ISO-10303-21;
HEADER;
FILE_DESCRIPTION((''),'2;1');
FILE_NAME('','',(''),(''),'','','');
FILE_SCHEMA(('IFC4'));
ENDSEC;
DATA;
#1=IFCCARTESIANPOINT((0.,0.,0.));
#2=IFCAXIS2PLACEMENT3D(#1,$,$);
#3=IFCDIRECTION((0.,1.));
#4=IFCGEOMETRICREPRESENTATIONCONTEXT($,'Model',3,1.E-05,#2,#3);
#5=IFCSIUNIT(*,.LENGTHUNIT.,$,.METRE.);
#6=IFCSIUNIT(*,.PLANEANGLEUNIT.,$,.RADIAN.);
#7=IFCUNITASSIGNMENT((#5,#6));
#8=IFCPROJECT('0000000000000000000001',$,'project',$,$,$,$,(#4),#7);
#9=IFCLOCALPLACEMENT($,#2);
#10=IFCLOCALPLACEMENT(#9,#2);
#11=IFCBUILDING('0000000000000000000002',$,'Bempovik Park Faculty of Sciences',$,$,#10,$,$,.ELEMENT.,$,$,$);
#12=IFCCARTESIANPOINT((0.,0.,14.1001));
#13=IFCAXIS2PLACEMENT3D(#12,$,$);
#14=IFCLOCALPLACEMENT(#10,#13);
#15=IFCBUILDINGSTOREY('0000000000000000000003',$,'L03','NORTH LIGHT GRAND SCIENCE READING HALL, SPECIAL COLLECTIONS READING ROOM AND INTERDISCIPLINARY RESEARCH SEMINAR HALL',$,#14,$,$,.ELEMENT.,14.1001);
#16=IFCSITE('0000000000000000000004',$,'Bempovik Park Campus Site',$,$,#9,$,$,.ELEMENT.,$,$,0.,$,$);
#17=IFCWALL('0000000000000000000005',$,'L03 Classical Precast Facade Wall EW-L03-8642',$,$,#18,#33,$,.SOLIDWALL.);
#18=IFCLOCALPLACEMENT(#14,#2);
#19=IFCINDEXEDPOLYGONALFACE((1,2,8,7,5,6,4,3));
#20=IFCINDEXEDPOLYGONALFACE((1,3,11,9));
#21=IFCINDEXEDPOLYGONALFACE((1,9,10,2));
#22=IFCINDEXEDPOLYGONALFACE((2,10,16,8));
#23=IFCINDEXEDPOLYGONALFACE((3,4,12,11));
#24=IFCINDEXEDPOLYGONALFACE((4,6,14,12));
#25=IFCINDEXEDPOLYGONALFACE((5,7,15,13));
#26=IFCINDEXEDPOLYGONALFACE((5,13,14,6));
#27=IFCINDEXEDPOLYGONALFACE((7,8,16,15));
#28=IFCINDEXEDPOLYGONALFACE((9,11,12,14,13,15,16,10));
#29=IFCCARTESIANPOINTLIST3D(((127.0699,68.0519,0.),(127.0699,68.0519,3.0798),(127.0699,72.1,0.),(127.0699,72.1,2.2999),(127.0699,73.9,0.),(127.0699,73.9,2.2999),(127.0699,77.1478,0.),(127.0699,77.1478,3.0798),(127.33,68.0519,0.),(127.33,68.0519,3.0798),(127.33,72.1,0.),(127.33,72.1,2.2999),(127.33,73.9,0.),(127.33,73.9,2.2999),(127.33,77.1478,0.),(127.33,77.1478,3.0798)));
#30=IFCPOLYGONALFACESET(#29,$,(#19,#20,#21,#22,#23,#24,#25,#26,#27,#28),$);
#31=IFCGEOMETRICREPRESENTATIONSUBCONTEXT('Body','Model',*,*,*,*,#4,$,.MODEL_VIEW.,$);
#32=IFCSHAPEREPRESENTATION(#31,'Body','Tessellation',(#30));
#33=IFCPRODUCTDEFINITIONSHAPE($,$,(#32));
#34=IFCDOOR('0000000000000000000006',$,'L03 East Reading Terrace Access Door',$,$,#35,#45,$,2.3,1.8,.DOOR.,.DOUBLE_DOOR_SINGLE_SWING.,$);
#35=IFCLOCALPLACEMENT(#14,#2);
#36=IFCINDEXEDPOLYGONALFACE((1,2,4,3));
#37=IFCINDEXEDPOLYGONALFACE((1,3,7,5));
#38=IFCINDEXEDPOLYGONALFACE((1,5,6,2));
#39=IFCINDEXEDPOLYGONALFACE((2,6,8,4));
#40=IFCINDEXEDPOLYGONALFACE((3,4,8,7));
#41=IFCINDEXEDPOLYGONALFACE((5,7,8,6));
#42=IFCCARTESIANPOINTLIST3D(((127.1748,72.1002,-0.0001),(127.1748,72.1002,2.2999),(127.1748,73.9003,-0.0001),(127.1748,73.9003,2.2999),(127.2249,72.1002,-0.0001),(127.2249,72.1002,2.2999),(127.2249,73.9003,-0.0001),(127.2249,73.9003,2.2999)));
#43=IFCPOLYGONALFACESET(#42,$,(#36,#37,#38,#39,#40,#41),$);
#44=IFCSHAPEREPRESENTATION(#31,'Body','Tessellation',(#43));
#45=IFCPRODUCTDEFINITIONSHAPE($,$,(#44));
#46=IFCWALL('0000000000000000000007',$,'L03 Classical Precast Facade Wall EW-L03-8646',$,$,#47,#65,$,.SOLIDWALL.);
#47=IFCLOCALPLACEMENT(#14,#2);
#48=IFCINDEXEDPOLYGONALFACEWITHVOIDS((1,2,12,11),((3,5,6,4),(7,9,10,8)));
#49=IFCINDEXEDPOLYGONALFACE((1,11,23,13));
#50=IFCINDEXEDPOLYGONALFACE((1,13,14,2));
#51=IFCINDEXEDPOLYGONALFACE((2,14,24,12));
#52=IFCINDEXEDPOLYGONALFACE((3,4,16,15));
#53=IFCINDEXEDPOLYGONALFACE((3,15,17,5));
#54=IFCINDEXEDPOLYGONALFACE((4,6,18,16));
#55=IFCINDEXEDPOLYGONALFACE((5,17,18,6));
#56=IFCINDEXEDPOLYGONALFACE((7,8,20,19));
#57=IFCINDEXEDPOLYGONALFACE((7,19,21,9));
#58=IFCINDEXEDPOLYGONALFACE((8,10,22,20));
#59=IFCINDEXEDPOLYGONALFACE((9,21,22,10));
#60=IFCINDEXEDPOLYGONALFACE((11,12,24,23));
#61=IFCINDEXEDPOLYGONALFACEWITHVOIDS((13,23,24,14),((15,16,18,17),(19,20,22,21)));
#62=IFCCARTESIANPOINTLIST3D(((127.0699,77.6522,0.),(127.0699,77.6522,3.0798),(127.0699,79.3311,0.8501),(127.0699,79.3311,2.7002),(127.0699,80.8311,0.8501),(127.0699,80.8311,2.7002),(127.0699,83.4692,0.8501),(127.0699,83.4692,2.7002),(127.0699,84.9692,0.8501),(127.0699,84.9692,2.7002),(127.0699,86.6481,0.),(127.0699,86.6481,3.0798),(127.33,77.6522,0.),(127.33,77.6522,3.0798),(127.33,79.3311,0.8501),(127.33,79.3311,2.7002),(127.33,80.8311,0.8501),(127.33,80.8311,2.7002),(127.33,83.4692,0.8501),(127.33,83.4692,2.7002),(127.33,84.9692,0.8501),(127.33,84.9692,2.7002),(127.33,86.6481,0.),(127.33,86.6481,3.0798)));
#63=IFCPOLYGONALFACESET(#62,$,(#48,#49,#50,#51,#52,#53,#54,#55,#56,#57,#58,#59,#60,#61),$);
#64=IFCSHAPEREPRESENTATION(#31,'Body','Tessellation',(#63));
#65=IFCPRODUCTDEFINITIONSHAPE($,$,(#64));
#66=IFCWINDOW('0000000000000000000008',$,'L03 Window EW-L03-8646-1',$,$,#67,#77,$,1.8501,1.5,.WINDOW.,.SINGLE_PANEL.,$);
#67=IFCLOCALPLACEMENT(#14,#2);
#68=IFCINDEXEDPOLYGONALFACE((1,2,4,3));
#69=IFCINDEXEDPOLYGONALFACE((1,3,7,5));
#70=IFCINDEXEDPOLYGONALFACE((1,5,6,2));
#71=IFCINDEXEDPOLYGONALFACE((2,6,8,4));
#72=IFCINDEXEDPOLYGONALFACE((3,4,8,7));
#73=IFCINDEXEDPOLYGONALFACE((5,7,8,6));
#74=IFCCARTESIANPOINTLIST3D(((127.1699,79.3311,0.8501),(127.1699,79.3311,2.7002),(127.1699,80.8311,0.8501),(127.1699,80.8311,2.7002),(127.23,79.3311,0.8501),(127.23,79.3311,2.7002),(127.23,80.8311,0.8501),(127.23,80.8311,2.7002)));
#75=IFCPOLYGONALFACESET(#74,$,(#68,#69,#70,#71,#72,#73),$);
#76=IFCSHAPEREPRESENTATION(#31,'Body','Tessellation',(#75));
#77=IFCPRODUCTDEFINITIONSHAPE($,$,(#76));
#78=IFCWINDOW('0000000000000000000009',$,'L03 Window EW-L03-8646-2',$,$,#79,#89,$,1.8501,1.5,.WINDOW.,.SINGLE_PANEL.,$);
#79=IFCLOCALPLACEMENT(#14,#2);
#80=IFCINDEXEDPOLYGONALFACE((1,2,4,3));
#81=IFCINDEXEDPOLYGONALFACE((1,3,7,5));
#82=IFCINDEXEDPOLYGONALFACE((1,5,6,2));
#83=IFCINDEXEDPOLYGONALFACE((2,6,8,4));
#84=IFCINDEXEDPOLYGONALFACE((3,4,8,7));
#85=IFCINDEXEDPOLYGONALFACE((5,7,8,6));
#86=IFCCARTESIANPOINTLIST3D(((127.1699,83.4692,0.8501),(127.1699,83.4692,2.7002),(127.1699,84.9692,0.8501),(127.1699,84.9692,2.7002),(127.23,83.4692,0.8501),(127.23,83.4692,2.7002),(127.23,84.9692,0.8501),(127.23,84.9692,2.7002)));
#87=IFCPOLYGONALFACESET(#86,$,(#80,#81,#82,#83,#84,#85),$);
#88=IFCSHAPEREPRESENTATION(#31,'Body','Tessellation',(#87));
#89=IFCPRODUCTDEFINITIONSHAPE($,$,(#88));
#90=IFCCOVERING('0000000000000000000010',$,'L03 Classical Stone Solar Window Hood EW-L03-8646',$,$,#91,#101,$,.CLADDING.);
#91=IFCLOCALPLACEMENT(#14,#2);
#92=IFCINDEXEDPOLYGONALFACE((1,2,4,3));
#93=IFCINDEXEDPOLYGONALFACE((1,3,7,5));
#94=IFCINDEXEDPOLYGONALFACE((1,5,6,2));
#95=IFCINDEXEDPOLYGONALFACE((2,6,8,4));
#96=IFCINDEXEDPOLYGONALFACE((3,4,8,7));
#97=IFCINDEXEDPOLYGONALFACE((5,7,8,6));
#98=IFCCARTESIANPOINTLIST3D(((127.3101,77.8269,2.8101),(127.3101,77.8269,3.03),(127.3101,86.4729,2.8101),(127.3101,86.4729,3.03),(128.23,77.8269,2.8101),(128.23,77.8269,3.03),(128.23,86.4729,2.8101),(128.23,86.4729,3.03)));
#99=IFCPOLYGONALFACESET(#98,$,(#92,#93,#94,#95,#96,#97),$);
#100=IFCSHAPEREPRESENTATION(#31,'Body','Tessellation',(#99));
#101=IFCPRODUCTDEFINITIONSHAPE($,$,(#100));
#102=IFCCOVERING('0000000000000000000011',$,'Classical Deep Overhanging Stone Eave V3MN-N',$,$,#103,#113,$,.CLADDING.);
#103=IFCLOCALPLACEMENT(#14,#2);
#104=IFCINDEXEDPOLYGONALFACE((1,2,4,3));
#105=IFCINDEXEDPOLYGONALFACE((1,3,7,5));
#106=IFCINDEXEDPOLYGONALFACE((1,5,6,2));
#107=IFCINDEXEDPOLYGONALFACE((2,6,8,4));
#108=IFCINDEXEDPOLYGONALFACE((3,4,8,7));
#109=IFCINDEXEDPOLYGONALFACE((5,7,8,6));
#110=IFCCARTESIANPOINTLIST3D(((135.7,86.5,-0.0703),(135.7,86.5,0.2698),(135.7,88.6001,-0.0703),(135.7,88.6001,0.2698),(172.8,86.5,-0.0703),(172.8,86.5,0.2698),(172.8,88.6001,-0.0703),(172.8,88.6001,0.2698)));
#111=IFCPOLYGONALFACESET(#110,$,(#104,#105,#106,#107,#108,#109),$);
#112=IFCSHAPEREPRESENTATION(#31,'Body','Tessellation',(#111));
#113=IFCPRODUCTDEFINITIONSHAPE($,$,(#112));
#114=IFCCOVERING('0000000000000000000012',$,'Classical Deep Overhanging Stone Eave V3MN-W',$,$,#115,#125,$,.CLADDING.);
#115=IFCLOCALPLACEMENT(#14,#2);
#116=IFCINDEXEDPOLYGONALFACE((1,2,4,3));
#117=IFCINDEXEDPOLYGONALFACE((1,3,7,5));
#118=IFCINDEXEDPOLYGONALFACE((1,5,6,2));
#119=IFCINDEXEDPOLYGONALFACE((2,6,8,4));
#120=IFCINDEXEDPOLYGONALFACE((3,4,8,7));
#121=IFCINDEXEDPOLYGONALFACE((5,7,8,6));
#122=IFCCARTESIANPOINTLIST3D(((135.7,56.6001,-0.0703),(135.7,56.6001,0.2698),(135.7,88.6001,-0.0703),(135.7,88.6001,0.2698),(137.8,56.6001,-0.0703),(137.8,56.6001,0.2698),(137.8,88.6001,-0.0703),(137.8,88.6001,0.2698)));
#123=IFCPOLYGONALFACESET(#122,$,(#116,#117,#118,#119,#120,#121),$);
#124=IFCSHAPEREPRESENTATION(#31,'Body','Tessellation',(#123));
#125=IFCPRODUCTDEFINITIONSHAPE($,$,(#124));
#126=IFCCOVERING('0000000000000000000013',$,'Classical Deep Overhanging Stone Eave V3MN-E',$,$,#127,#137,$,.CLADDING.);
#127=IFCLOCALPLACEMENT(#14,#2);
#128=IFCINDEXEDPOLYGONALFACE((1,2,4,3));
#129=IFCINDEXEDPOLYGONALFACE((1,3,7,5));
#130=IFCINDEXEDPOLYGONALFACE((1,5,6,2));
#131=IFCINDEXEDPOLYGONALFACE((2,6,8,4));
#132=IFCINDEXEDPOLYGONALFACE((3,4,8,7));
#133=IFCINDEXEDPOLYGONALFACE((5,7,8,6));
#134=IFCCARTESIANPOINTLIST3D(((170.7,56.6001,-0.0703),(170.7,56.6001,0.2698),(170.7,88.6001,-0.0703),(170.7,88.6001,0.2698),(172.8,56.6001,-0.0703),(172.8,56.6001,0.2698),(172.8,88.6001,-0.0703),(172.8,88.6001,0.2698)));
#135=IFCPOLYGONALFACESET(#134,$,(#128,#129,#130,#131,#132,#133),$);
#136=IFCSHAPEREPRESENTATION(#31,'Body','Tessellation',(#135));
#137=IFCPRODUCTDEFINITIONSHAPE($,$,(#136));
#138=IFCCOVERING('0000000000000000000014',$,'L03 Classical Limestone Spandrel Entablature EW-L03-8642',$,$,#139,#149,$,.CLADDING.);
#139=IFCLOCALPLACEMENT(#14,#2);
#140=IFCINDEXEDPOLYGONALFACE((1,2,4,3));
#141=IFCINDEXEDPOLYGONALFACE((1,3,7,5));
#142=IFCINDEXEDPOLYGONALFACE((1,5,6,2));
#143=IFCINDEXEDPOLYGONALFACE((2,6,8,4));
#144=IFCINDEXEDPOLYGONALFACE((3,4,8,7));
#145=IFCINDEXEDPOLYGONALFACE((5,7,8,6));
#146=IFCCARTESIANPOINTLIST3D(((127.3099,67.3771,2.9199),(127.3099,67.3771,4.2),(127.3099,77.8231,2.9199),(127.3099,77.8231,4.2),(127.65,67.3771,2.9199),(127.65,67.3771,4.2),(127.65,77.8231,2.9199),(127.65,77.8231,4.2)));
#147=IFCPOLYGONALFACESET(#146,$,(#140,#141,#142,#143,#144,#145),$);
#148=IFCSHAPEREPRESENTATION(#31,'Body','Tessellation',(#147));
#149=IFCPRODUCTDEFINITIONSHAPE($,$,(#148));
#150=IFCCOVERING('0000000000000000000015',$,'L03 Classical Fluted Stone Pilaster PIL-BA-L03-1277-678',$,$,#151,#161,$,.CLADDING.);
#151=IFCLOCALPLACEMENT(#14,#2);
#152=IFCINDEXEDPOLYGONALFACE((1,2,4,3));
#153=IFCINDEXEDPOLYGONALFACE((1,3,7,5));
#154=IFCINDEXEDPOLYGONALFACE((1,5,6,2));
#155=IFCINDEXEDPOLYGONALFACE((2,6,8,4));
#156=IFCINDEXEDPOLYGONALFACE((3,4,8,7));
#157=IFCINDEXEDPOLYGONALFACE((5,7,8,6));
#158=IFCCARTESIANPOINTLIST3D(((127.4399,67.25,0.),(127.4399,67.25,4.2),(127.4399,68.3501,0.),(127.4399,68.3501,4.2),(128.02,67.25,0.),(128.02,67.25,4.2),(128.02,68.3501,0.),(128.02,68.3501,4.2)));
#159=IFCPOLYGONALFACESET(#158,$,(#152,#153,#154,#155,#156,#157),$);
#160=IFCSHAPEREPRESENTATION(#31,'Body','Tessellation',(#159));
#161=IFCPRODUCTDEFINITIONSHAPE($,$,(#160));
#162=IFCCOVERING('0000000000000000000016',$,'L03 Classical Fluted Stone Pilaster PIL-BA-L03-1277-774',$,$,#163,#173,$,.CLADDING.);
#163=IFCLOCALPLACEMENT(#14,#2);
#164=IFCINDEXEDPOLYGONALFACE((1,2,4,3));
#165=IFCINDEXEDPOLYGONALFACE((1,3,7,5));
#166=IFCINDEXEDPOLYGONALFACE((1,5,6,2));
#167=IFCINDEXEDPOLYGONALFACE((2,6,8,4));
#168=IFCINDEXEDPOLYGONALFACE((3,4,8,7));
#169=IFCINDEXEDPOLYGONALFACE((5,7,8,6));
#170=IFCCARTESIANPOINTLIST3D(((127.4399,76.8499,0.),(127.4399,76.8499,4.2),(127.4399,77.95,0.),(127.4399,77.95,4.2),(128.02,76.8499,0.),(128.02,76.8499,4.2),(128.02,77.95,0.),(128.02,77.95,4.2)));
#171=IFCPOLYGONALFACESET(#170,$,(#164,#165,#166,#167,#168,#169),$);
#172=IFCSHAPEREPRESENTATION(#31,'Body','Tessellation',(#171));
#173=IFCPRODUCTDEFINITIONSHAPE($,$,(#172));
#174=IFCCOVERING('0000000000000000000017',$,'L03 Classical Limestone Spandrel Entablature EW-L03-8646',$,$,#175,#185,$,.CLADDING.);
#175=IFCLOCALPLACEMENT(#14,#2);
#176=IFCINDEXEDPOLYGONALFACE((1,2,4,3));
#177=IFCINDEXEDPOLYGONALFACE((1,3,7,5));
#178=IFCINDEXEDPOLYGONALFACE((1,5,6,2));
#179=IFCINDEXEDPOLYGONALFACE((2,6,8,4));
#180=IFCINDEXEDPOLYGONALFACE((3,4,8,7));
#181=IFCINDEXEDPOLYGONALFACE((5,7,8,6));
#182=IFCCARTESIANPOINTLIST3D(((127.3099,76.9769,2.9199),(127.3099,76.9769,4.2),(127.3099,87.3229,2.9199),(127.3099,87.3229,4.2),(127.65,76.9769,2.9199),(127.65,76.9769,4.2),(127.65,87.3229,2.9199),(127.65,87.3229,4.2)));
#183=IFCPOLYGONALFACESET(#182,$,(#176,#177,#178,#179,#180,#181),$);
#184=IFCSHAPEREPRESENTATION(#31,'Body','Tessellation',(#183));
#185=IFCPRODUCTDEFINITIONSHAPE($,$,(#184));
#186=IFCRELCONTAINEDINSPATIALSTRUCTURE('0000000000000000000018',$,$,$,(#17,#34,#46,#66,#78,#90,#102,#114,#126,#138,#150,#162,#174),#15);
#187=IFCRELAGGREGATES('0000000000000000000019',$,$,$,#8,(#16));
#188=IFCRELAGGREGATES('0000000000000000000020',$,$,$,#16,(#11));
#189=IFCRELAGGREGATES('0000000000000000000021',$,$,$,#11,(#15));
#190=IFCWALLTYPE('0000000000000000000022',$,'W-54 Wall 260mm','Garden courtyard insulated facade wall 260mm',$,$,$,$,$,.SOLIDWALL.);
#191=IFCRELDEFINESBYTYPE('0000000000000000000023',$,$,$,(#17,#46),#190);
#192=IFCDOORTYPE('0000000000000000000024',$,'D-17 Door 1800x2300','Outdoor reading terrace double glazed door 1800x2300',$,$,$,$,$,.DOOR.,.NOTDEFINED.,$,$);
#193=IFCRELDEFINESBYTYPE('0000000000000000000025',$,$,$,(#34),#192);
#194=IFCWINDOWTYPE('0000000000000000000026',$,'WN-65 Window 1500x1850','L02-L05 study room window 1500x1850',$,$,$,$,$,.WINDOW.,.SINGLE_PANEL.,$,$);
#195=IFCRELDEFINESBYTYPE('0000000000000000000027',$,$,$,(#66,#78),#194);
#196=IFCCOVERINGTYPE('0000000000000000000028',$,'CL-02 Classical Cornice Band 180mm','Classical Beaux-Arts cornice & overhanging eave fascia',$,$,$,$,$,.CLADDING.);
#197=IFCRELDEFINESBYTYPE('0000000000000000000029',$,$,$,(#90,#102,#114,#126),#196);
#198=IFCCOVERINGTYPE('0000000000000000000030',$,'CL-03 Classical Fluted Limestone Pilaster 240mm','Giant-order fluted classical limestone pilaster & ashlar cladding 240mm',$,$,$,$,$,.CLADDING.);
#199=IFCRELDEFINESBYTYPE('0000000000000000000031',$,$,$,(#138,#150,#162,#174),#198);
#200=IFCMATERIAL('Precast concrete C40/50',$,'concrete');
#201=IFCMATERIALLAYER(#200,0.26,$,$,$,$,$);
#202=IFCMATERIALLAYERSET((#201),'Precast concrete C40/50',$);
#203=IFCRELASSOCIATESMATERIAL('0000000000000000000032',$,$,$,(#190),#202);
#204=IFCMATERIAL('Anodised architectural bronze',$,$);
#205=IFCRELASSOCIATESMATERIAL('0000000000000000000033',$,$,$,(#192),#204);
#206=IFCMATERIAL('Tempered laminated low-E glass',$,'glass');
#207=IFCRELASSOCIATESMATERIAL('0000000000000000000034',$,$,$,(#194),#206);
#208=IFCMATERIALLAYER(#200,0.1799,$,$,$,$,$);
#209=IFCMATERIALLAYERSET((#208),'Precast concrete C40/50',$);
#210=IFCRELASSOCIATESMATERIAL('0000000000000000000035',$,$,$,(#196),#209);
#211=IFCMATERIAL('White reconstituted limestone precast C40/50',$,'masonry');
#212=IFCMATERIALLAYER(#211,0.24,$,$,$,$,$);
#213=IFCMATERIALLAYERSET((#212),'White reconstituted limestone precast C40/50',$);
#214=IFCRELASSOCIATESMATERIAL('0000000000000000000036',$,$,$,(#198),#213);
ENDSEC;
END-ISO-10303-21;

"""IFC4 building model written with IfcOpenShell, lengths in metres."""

from ifc_helpers import new_model, si_unit, direction, frame, frame_2d, origin, origin_2d, place, context, subcontext, project, spatial, rectangle, extrude, material, layer, layer_set, type_object, element, fill, save


model = new_model("IFC4")

# Units and contexts
model_context = context("Model", 3, precision=1e-05, world=origin(), true_north=direction((0.0, 1.0)))
body_context = subcontext(model_context, "Body", "Model", "MODEL_VIEW")
ifc_project = project(units=[si_unit("LENGTHUNIT", "METRE"), si_unit("PLANEANGLEUNIT", "RADIAN")], contexts=[model_context])

# Site, building, storey
site_placement = place(None, origin())
site = spatial("IfcSite", under=ifc_project, at=site_placement, Name="Bempovik Park Campus Site", CompositionType="ELEMENT", RefElevation=0.0)
building_placement = place(site_placement, origin())
building = spatial("IfcBuilding", under=site, at=building_placement, Name="Bempovik Park Faculty of Sciences", CompositionType="ELEMENT")
storey_placement = place(building_placement, frame((0.0, 0.0, 14.1001)))
storey = spatial("IfcBuildingStorey", under=building, at=storey_placement, Name="L03", Description="NORTH LIGHT GRAND SCIENCE READING HALL, SPECIAL COLLECTIONS READING ROOM AND INTERDISCIPLINARY RESEARCH SEMINAR HALL", CompositionType="ELEMENT", Elevation=14.1001)

# Shared definitions
ifc_material_1 = material(Name="Tempered laminated low-E glass", Category="glass")

# Shared definitions
ifc_material_2 = material(Name="Anodised architectural bronze")

# Shared definitions
ifc_material_3 = material(Name="Precast concrete C40/50", Category="concrete")

# Wall, opening, door
ifc_layer_1 = layer(ifc_material_3, 0.26)
ifc_layer_set_1 = layer_set([ifc_layer_1], Name="Precast concrete C40/50")
wall_type_1 = type_object("IfcWallType", Name="W-54 Wall 260mm", Description="Garden courtyard insulated facade wall 260mm", PredefinedType="SOLIDWALL", material=ifc_layer_set_1)
wall_1_placement = place(storey_placement, frame((127.2, 68.052, 0.0), z_axis=(0.0, 0.0, 1.0), x_axis=(0.0, 1.0, 0.0)))
wall_1 = element("IfcWall", 1, at=wall_1_placement, inside=storey, type_object=wall_type_1, Name="L03 Classical Precast Facade Wall EW-L03-8642", PredefinedType="SOLIDWALL", context=body_context, shape_type="SweptSolid", body=[
    extrude(rectangle(XDim=9.0959, YDim=0.26, at=frame_2d((4.5479, 0.0))), origin(), (0.0, 0.0, 1.0), 3.0798),
])
opening_1_placement = place(wall_1_placement, frame((4.0481, 0.0, 0.0)))
opening_1 = element("IfcOpeningElement", 2, at=opening_1_placement, cuts=wall_1, PredefinedType="OPENING", context=body_context, shape_type="SweptSolid", body=[
    extrude(rectangle(XDim=1.8, YDim=2.3, at=frame_2d((0.8999, 1.1499))), frame((0.0, 0.1401, 0.0), z_axis=(0.0, -1.0, 0.0), x_axis=(1.0, 0.0, 0.0)), (0.0, 0.0, 1.0), 0.28),
])
door_type = type_object("IfcDoorType", Name="D-17 Door 1800x2300", Description="Outdoor reading terrace double glazed door 1800x2300", OperationType="NOTDEFINED", PredefinedType="DOOR", material=ifc_material_2)
door_placement = place(opening_1_placement, frame((1.8, 0.0, 0.0), z_axis=(0.0, 0.0, 1.0), x_axis=(-1.0, 0.0, 0.0)))
door = element("IfcDoor", 3, at=door_placement, inside=storey, type_object=door_type, Name="L03 East Reading Terrace Access Door", OperationType="DOUBLE_DOOR_SINGLE_SWING", OverallHeight=2.3, OverallWidth=1.8, PredefinedType="DOOR", context=body_context, shape_type="SweptSolid", body=[
    extrude(rectangle(XDim=1.8, YDim=2.3, at=frame_2d((0.8999, 1.1499))), frame((0.0, 0.0249, 0.0), z_axis=(0.0, -1.0, 0.0), x_axis=(1.0, 0.0, 0.0)), (0.0, 0.0, 1.0), 0.05),
])
fill(opening_1, door)

# Wall, openings, windows
wall_2_placement = place(storey_placement, frame((127.2, 77.6521, 0.0), z_axis=(0.0, 0.0, 1.0), x_axis=(0.0, 1.0, 0.0)))
wall_2 = element("IfcWall", 4, at=wall_2_placement, inside=storey, type_object=wall_type_1, Name="L03 Classical Precast Facade Wall EW-L03-8646", PredefinedType="SOLIDWALL", context=body_context, shape_type="SweptSolid", body=[
    extrude(rectangle(XDim=8.9958, YDim=0.26, at=frame_2d((4.498, 0.0))), origin(), (0.0, 0.0, 1.0), 3.0798),
])
opening_2_placement = place(wall_2_placement, frame((1.679, 0.0, 0.8501)))
opening_2 = element("IfcOpeningElement", 5, at=opening_2_placement, cuts=wall_2, PredefinedType="OPENING", context=body_context, shape_type="SweptSolid", body=[
    extrude(rectangle(XDim=1.5, YDim=1.8501, at=frame_2d((0.75, 0.925))), frame((0.0, 0.1401, 0.0), z_axis=(0.0, -1.0, 0.0), x_axis=(1.0, 0.0, 0.0)), (0.0, 0.0, 1.0), 0.28),
])
opening_3_placement = place(wall_2_placement, frame((5.8171, 0.0, 0.8501)))
opening_3 = element("IfcOpeningElement", 6, at=opening_3_placement, cuts=wall_2, PredefinedType="OPENING", context=body_context, shape_type="SweptSolid", body=[
    extrude(rectangle(XDim=1.5, YDim=1.8501, at=frame_2d((0.75, 0.925))), frame((0.0, 0.1401, 0.0), z_axis=(0.0, -1.0, 0.0), x_axis=(1.0, 0.0, 0.0)), (0.0, 0.0, 1.0), 0.28),
])
window_type = type_object("IfcWindowType", Name="WN-65 Window 1500x1850", Description="L02-L05 study room window 1500x1850", PartitioningType="SINGLE_PANEL", PredefinedType="WINDOW", material=ifc_material_1)
window_1_placement = place(opening_2_placement, origin())
window_1 = element("IfcWindow", 7, at=window_1_placement, inside=storey, type_object=window_type, Name="L03 Window EW-L03-8646-1", OverallHeight=1.8501, OverallWidth=1.5, PartitioningType="SINGLE_PANEL", PredefinedType="WINDOW", context=body_context, shape_type="SweptSolid", body=[
    extrude(rectangle(XDim=1.5, YDim=1.8501, at=frame_2d((0.75, 0.925))), frame((0.0, 0.03, 0.0), z_axis=(0.0, -1.0, 0.0), x_axis=(1.0, 0.0, 0.0)), (0.0, 0.0, 1.0), 0.0601),
])
fill(opening_2, window_1)
window_2_placement = place(opening_3_placement, origin())
window_2 = element("IfcWindow", 8, at=window_2_placement, inside=storey, type_object=window_type, Name="L03 Window EW-L03-8646-2", OverallHeight=1.8501, OverallWidth=1.5, PartitioningType="SINGLE_PANEL", PredefinedType="WINDOW", context=body_context, shape_type="SweptSolid", body=[
    extrude(rectangle(XDim=1.5, YDim=1.8501, at=frame_2d((0.75, 0.925))), frame((0.0, 0.03, 0.0), z_axis=(0.0, -1.0, 0.0), x_axis=(1.0, 0.0, 0.0)), (0.0, 0.0, 1.0), 0.0601),
])
fill(opening_3, window_2)

# Coverings
ifc_layer_2 = layer(ifc_material_3, 0.1799)
ifc_layer_set_2 = layer_set([ifc_layer_2], Name="Precast concrete C40/50")
covering_type_1 = type_object("IfcCoveringType", Name="CL-02 Classical Cornice Band 180mm", Description="Classical Beaux-Arts cornice & overhanging eave fascia", PredefinedType="CLADDING", material=ifc_layer_set_2)
covering_1_placement = place(storey_placement, frame((127.77, 82.1499, 2.8101), z_axis=(0.0, 0.0, 1.0), x_axis=(1.0, 0.0, 0.0)))
element("IfcCovering", 9, at=covering_1_placement, inside=storey, type_object=covering_type_1, Name="L03 Classical Stone Solar Window Hood EW-L03-8646", PredefinedType="CLADDING", context=body_context, shape_type="SweptSolid", body=[
    extrude(rectangle(XDim=0.9199, YDim=8.646, at=origin_2d()), origin(), (0.0, 0.0, 1.0), 0.22),
])
covering_2_placement = place(storey_placement, frame((154.25, 87.55, -0.0703), z_axis=(0.0, 0.0, 1.0), x_axis=(1.0, 0.0, 0.0)))
element("IfcCovering", 10, at=covering_2_placement, inside=storey, type_object=covering_type_1, Name="Classical Deep Overhanging Stone Eave V3MN-N", PredefinedType="CLADDING", context=body_context, shape_type="SweptSolid", body=[
    extrude(rectangle(XDim=37.1001, YDim=2.1001, at=origin_2d()), origin(), (0.0, 0.0, 1.0), 0.3401),
])
for number, where, z_axis, x_axis, name in (
    (11, (136.75, 72.6001, -0.0703), (0.0, 0.0, 1.0), (1.0, 0.0, 0.0), "Classical Deep Overhanging Stone Eave V3MN-W"),
    (12, (171.75, 72.6001, -0.0703), (0.0, 0.0, 1.0), (1.0, 0.0, 0.0), "Classical Deep Overhanging Stone Eave V3MN-E"),
):
    element("IfcCovering", number, at=place(storey_placement, frame(where, z_axis=z_axis, x_axis=x_axis)), inside=storey, type_object=covering_type_1, Name=name, PredefinedType="CLADDING", context=body_context, shape_type="SweptSolid", body=[
        extrude(rectangle(XDim=2.1001, YDim=32.0, at=origin_2d()), origin(), (0.0, 0.0, 1.0), 0.3401),
    ])
ifc_material_4 = material(Name="White reconstituted limestone precast C40/50", Category="masonry")
ifc_layer_3 = layer(ifc_material_4, 0.24)
ifc_layer_set_3 = layer_set([ifc_layer_3], Name="White reconstituted limestone precast C40/50")
covering_type_2 = type_object("IfcCoveringType", Name="CL-03 Classical Fluted Limestone Pilaster 240mm", Description="Giant-order fluted classical limestone pilaster & ashlar cladding 240mm", PredefinedType="CLADDING", material=ifc_layer_set_3)
covering_3_placement = place(storey_placement, frame((127.48, 72.6001, 2.9199), z_axis=(0.0, 0.0, 1.0), x_axis=(1.0, 0.0, 0.0)))
element("IfcCovering", 13, at=covering_3_placement, inside=storey, type_object=covering_type_2, Name="L03 Classical Limestone Spandrel Entablature EW-L03-8642", PredefinedType="CLADDING", context=body_context, shape_type="SweptSolid", body=[
    extrude(rectangle(XDim=0.3401, YDim=10.446, at=origin_2d()), origin(), (0.0, 0.0, 1.0), 1.28),
])
for number, where, z_axis, x_axis, name in (
    (14, (127.73, 67.8, 0.0), (0.0, 0.0, 1.0), (1.0, 0.0, 0.0), "L03 Classical Fluted Stone Pilaster PIL-BA-L03-1277-678"),
    (15, (127.73, 77.3999, 0.0), (0.0, 0.0, 1.0), (1.0, 0.0, 0.0), "L03 Classical Fluted Stone Pilaster PIL-BA-L03-1277-774"),
):
    element("IfcCovering", number, at=place(storey_placement, frame(where, z_axis=z_axis, x_axis=x_axis)), inside=storey, type_object=covering_type_2, Name=name, PredefinedType="CLADDING", context=body_context, shape_type="SweptSolid", body=[
        extrude(rectangle(XDim=0.5801, YDim=1.1001, at=origin_2d()), origin(), (0.0, 0.0, 1.0), 4.2),
    ])
covering_4_placement = place(storey_placement, frame((127.48, 82.1499, 2.9199), z_axis=(0.0, 0.0, 1.0), x_axis=(1.0, 0.0, 0.0)))
element("IfcCovering", 16, at=covering_4_placement, inside=storey, type_object=covering_type_2, Name="L03 Classical Limestone Spandrel Entablature EW-L03-8646", PredefinedType="CLADDING", context=body_context, shape_type="SweptSolid", body=[
    extrude(rectangle(XDim=0.3401, YDim=10.3459, at=origin_2d()), origin(), (0.0, 0.0, 1.0), 1.28),
])

save(model, "model.ifc")
